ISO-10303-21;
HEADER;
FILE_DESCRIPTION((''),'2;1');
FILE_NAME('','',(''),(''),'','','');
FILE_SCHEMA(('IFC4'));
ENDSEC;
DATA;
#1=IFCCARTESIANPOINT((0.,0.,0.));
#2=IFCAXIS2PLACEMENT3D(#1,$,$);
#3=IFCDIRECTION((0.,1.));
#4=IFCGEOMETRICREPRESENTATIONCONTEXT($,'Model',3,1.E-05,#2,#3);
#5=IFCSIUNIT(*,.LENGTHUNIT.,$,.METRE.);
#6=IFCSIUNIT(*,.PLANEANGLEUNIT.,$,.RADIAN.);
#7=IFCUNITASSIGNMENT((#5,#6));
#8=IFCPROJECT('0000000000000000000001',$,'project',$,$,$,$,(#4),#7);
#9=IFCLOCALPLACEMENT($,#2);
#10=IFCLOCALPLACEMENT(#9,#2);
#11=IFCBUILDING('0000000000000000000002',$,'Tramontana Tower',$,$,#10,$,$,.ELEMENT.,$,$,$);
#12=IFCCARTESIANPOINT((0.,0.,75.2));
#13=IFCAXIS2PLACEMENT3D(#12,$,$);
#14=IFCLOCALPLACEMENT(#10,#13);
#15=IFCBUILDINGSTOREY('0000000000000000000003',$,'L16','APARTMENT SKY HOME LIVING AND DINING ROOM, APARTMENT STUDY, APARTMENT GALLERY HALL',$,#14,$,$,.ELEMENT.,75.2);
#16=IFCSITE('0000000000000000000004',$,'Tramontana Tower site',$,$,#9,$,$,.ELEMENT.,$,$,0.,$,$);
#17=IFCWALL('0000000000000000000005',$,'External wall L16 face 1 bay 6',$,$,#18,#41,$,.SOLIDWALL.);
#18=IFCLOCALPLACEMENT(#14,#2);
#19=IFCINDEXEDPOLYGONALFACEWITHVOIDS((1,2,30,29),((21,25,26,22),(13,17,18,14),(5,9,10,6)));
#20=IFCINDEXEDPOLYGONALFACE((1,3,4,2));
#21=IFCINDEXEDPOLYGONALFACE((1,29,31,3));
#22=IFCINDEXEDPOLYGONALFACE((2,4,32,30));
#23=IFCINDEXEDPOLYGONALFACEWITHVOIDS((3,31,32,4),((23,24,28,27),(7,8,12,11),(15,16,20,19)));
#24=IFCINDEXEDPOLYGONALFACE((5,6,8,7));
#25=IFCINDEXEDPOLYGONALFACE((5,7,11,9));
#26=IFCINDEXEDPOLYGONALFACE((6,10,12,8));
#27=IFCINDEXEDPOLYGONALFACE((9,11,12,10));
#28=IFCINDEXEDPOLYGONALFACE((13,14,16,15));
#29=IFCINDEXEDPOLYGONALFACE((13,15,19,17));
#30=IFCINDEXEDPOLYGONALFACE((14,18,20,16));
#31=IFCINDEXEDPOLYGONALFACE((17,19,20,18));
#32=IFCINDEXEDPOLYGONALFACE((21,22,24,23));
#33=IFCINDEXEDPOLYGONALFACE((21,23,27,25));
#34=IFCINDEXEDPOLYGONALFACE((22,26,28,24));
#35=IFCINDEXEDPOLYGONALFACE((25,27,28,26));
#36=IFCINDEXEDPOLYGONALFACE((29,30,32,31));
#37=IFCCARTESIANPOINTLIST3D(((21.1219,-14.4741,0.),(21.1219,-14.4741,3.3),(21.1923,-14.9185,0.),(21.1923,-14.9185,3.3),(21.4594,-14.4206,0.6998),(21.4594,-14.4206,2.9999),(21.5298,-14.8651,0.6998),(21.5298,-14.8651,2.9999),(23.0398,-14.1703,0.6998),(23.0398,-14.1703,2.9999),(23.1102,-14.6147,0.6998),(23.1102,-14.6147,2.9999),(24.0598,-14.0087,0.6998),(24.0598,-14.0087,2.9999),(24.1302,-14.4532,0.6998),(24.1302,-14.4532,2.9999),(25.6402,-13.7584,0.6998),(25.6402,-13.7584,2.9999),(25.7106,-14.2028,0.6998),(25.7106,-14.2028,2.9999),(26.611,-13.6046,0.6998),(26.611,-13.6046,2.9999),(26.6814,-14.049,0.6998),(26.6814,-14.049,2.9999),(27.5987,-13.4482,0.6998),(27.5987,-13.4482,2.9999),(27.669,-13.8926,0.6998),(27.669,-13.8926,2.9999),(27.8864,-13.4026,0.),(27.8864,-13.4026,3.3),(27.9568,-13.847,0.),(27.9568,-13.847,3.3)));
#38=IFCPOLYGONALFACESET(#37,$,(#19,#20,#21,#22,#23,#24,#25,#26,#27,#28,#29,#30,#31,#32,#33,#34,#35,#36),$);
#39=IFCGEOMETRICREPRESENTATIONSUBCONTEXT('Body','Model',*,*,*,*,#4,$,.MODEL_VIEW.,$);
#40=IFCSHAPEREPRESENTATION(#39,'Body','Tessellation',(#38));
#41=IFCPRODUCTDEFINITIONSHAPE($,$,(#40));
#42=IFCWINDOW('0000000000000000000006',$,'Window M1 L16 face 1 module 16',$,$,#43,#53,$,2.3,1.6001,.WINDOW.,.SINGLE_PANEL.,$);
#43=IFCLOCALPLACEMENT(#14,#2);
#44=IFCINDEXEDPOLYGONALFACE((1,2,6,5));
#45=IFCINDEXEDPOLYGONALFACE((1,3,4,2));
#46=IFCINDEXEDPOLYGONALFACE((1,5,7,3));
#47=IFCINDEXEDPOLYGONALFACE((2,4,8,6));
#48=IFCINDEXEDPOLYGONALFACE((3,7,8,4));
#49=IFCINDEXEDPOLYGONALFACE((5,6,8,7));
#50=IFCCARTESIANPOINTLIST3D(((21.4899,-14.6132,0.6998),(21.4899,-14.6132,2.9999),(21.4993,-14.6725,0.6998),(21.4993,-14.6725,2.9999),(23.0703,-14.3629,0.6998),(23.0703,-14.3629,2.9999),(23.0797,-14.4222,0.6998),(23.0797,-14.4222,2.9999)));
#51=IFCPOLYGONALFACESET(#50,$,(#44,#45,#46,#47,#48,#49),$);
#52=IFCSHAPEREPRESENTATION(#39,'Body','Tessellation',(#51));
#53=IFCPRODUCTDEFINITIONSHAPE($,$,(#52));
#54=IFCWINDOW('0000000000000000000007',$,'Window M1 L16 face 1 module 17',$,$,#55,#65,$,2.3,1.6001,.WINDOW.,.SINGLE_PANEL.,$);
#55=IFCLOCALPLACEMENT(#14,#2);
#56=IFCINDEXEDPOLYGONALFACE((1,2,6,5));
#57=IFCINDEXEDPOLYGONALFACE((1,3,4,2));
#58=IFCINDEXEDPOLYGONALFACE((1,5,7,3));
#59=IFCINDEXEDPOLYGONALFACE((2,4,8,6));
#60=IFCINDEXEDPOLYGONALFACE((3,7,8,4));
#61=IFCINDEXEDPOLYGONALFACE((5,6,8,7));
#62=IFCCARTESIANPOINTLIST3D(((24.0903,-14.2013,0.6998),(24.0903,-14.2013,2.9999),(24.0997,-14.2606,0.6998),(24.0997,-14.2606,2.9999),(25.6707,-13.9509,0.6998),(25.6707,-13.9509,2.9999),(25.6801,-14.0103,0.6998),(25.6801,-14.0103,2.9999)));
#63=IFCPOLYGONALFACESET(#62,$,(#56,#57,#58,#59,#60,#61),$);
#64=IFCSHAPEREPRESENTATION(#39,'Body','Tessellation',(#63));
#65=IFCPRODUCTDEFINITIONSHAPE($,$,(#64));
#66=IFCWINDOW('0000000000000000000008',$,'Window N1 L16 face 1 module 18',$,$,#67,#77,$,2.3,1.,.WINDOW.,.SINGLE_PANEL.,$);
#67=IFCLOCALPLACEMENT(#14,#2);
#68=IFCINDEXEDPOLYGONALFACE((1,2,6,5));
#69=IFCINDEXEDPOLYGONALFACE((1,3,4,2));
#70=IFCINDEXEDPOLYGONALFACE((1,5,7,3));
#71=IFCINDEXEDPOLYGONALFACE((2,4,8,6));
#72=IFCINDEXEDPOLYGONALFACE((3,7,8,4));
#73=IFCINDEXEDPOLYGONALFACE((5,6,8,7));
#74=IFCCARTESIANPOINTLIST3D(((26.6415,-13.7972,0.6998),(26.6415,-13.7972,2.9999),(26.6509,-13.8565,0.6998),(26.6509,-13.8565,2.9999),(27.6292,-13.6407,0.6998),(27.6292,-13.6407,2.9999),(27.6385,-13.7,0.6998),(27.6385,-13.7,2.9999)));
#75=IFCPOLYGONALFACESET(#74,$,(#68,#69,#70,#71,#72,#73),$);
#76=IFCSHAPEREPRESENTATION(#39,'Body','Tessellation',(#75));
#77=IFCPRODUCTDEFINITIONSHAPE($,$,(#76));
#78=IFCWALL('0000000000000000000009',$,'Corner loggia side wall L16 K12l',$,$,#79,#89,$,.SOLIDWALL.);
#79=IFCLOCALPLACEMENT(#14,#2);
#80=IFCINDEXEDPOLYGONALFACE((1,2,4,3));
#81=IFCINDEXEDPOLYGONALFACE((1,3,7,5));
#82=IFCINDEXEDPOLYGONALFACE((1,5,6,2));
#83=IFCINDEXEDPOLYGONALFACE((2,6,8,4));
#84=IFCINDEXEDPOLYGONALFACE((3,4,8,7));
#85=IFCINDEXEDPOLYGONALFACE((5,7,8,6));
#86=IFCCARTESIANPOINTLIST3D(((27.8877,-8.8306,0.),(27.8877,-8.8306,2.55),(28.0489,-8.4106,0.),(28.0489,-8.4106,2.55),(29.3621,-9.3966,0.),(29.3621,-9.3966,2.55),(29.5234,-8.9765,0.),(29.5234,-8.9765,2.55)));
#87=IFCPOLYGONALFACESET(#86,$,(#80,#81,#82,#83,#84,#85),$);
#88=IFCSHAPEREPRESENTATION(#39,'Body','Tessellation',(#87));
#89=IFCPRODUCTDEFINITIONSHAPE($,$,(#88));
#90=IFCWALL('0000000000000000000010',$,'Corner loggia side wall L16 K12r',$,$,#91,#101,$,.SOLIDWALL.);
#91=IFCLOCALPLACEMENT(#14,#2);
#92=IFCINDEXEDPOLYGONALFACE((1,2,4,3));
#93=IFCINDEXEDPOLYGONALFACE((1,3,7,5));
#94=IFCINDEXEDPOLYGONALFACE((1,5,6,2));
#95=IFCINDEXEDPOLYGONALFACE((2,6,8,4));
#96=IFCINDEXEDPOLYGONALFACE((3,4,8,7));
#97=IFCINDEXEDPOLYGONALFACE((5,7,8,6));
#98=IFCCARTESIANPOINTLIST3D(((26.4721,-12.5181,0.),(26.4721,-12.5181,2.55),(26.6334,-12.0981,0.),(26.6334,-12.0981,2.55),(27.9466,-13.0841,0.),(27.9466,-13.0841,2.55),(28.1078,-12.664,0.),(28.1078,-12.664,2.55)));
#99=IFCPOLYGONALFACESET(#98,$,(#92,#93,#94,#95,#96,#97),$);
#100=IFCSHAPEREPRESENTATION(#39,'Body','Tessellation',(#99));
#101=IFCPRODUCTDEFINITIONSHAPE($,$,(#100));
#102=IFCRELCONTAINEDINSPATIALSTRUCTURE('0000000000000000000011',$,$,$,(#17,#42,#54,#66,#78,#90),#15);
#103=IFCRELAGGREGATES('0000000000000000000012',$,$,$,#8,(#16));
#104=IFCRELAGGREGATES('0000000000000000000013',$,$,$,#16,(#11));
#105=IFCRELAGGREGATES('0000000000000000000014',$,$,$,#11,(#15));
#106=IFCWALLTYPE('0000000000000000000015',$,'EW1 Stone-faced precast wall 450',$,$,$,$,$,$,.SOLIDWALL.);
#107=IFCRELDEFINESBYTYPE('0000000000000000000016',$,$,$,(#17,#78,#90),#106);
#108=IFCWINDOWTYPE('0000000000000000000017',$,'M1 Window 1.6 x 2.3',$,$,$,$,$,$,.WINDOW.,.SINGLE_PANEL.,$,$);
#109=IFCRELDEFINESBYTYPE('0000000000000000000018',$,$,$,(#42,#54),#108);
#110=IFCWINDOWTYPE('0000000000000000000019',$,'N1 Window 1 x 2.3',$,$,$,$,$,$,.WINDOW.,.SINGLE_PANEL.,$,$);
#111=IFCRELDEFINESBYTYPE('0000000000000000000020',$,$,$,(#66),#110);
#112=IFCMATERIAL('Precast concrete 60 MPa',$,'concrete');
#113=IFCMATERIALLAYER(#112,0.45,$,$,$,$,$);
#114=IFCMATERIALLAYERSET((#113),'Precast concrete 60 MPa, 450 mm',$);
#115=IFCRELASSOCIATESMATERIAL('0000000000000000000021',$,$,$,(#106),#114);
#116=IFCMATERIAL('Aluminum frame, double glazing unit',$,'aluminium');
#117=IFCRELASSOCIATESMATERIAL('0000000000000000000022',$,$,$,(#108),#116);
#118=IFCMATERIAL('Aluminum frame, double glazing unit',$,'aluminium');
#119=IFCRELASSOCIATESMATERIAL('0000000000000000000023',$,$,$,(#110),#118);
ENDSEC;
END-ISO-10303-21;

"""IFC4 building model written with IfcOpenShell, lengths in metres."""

from ifc_helpers import new_model, si_unit, direction, frame, frame_2d, origin, place, context, subcontext, project, spatial, rectangle, extrude, material, layer, layer_set, type_object, element, fill, save


model = new_model("IFC4")

# Units and contexts
model_context = context("Model", 3, precision=1e-05, world=origin(), true_north=direction((0.0, 1.0)))
body_context = subcontext(model_context, "Body", "Model", "MODEL_VIEW")
ifc_project = project(units=[si_unit("LENGTHUNIT", "METRE"), si_unit("PLANEANGLEUNIT", "RADIAN")], contexts=[model_context])

# Site, building, storey
site_placement = place(None, origin())
site = spatial("IfcSite", under=ifc_project, at=site_placement, Name="Tramontana Tower site", CompositionType="ELEMENT", RefElevation=0.0)
building_placement = place(site_placement, origin())
building = spatial("IfcBuilding", under=site, at=building_placement, Name="Tramontana Tower", CompositionType="ELEMENT")
storey_placement = place(building_placement, frame((0.0, 0.0, 75.2)))
storey = spatial("IfcBuildingStorey", under=building, at=storey_placement, Name="L16", Description="APARTMENT SKY HOME LIVING AND DINING ROOM, APARTMENT STUDY, APARTMENT GALLERY HALL", CompositionType="ELEMENT", Elevation=75.2)

# Wall, openings, windows
ifc_material_1 = material(Name="Precast concrete 60 MPa", Category="concrete")
ifc_layer = layer(ifc_material_1, 0.45)
ifc_layer_set = layer_set([ifc_layer], Name="Precast concrete 60 MPa, 450 mm")
wall_type = type_object("IfcWallType", Name="EW1 Stone-faced precast wall 450", PredefinedType="SOLIDWALL", material=ifc_layer_set)
wall_placement = place(storey_placement, frame((21.1572, -14.6963, 0.0), z_axis=(0.0, 0.0, 1.0), x_axis=(0.987686, 0.156451, 0.0)))
wall = element("IfcWall", 1, at=wall_placement, inside=storey, type_object=wall_type, Name="External wall L16 face 1 bay 6", PredefinedType="SOLIDWALL", context=body_context, shape_type="SweptSolid", body=[
    extrude(rectangle(XDim=6.8489, YDim=0.45, at=frame_2d((3.4243, 0.0))), origin(), (0.0, 0.0, 1.0), 3.3),
])
opening_1_placement = place(wall_placement, frame((0.3416, 0.0, 0.7)))
opening_1 = element("IfcOpeningElement", 2, at=opening_1_placement, cuts=wall, PredefinedType="OPENING", context=body_context, shape_type="SweptSolid", body=[
    extrude(rectangle(XDim=1.6001, YDim=2.3, at=frame_2d((0.8, 1.1499))), frame((0.0, 0.2349, 0.0), z_axis=(0.0, -1.0, 0.0), x_axis=(1.0, 0.0, 0.0)), (0.0, 0.0, 1.0), 0.47),
])
opening_2_placement = place(wall_placement, frame((2.9744, 0.0, 0.7)))
opening_2 = element("IfcOpeningElement", 3, at=opening_2_placement, cuts=wall, PredefinedType="OPENING", context=body_context, shape_type="SweptSolid", body=[
    extrude(rectangle(XDim=1.6001, YDim=2.3, at=frame_2d((0.8, 1.1499))), frame((0.0, 0.2349, 0.0), z_axis=(0.0, -1.0, 0.0), x_axis=(1.0, 0.0, 0.0)), (0.0, 0.0, 1.0), 0.47),
])
opening_3_placement = place(wall_placement, frame((5.5574, 0.0, 0.7)))
opening_3 = element("IfcOpeningElement", 4, at=opening_3_placement, cuts=wall, PredefinedType="OPENING", context=body_context, shape_type="SweptSolid", body=[
    extrude(rectangle(XDim=1.0, YDim=2.3, at=frame_2d((0.5, 1.1499))), frame((0.0, 0.2349, 0.0), z_axis=(0.0, -1.0, 0.0), x_axis=(1.0, 0.0, 0.0)), (0.0, 0.0, 1.0), 0.47),
])
ifc_material_2 = material(Name="Aluminum frame, double glazing unit", Category="aluminium")
window_type_1 = type_object("IfcWindowType", Name="M1 Window 1.6 x 2.3", PartitioningType="SINGLE_PANEL", PredefinedType="WINDOW", material=ifc_material_2)
window_1_placement = place(opening_1_placement, origin())
window_1 = element("IfcWindow", 5, at=window_1_placement, inside=storey, type_object=window_type_1, Name="Window M1 L16 face 1 module 16", OverallHeight=2.3, OverallWidth=1.6001, PartitioningType="SINGLE_PANEL", PredefinedType="WINDOW", context=body_context, shape_type="SweptSolid", body=[
    extrude(rectangle(XDim=1.6001, YDim=2.3, at=frame_2d((0.8, 1.1499))), frame((0.0, 0.03, 0.0), z_axis=(0.0, -1.0, 0.0), x_axis=(1.0, 0.0, 0.0)), (0.0, 0.0, 1.0), 0.0601),
])
fill(opening_1, window_1)
window_2_placement = place(opening_2_placement, origin())
window_2 = element("IfcWindow", 6, at=window_2_placement, inside=storey, type_object=window_type_1, Name="Window M1 L16 face 1 module 17", OverallHeight=2.3, OverallWidth=1.6001, PartitioningType="SINGLE_PANEL", PredefinedType="WINDOW", context=body_context, shape_type="SweptSolid", body=[
    extrude(rectangle(XDim=1.6001, YDim=2.3, at=frame_2d((0.8, 1.1499))), frame((0.0, 0.03, 0.0), z_axis=(0.0, -1.0, 0.0), x_axis=(1.0, 0.0, 0.0)), (0.0, 0.0, 1.0), 0.0601),
])
fill(opening_2, window_2)
ifc_material_3 = material(Name="Aluminum frame, double glazing unit", Category="aluminium")
window_type_2 = type_object("IfcWindowType", Name="N1 Window 1 x 2.3", PartitioningType="SINGLE_PANEL", PredefinedType="WINDOW", material=ifc_material_3)
window_3_placement = place(opening_3_placement, origin())
window_3 = element("IfcWindow", 7, at=window_3_placement, inside=storey, type_object=window_type_2, Name="Window N1 L16 face 1 module 18", OverallHeight=2.3, OverallWidth=1.0, PartitioningType="SINGLE_PANEL", PredefinedType="WINDOW", context=body_context, shape_type="SweptSolid", body=[
    extrude(rectangle(XDim=1.0, YDim=2.3, at=frame_2d((0.5, 1.1499))), frame((0.0, 0.03, 0.0), z_axis=(0.0, -1.0, 0.0), x_axis=(1.0, 0.0, 0.0)), (0.0, 0.0, 1.0), 0.0601),
])
fill(opening_3, window_3)

# Walls
for number, where, z_axis, x_axis, name in (
    (8, (29.4426, -9.1865, 0.0), (0.0, 0.0, 1.0), (-0.933588, 0.358347, 0.0), "Corner loggia side wall L16 K12l"),
    (9, (28.0271, -12.874, 0.0), (0.0, 0.0, 1.0), (-0.933588, 0.358347, 0.0), "Corner loggia side wall L16 K12r"),
):
    element("IfcWall", number, at=place(storey_placement, frame(where, z_axis=z_axis, x_axis=x_axis)), inside=storey, type_object=wall_type, Name=name, PredefinedType="SOLIDWALL", context=body_context, shape_type="SweptSolid", body=[
        extrude(rectangle(XDim=1.5793, YDim=0.45, at=frame_2d((0.7896, 0.0))), origin(), (0.0, 0.0, 1.0), 2.55),
    ])

save(model, "model.ifc")
